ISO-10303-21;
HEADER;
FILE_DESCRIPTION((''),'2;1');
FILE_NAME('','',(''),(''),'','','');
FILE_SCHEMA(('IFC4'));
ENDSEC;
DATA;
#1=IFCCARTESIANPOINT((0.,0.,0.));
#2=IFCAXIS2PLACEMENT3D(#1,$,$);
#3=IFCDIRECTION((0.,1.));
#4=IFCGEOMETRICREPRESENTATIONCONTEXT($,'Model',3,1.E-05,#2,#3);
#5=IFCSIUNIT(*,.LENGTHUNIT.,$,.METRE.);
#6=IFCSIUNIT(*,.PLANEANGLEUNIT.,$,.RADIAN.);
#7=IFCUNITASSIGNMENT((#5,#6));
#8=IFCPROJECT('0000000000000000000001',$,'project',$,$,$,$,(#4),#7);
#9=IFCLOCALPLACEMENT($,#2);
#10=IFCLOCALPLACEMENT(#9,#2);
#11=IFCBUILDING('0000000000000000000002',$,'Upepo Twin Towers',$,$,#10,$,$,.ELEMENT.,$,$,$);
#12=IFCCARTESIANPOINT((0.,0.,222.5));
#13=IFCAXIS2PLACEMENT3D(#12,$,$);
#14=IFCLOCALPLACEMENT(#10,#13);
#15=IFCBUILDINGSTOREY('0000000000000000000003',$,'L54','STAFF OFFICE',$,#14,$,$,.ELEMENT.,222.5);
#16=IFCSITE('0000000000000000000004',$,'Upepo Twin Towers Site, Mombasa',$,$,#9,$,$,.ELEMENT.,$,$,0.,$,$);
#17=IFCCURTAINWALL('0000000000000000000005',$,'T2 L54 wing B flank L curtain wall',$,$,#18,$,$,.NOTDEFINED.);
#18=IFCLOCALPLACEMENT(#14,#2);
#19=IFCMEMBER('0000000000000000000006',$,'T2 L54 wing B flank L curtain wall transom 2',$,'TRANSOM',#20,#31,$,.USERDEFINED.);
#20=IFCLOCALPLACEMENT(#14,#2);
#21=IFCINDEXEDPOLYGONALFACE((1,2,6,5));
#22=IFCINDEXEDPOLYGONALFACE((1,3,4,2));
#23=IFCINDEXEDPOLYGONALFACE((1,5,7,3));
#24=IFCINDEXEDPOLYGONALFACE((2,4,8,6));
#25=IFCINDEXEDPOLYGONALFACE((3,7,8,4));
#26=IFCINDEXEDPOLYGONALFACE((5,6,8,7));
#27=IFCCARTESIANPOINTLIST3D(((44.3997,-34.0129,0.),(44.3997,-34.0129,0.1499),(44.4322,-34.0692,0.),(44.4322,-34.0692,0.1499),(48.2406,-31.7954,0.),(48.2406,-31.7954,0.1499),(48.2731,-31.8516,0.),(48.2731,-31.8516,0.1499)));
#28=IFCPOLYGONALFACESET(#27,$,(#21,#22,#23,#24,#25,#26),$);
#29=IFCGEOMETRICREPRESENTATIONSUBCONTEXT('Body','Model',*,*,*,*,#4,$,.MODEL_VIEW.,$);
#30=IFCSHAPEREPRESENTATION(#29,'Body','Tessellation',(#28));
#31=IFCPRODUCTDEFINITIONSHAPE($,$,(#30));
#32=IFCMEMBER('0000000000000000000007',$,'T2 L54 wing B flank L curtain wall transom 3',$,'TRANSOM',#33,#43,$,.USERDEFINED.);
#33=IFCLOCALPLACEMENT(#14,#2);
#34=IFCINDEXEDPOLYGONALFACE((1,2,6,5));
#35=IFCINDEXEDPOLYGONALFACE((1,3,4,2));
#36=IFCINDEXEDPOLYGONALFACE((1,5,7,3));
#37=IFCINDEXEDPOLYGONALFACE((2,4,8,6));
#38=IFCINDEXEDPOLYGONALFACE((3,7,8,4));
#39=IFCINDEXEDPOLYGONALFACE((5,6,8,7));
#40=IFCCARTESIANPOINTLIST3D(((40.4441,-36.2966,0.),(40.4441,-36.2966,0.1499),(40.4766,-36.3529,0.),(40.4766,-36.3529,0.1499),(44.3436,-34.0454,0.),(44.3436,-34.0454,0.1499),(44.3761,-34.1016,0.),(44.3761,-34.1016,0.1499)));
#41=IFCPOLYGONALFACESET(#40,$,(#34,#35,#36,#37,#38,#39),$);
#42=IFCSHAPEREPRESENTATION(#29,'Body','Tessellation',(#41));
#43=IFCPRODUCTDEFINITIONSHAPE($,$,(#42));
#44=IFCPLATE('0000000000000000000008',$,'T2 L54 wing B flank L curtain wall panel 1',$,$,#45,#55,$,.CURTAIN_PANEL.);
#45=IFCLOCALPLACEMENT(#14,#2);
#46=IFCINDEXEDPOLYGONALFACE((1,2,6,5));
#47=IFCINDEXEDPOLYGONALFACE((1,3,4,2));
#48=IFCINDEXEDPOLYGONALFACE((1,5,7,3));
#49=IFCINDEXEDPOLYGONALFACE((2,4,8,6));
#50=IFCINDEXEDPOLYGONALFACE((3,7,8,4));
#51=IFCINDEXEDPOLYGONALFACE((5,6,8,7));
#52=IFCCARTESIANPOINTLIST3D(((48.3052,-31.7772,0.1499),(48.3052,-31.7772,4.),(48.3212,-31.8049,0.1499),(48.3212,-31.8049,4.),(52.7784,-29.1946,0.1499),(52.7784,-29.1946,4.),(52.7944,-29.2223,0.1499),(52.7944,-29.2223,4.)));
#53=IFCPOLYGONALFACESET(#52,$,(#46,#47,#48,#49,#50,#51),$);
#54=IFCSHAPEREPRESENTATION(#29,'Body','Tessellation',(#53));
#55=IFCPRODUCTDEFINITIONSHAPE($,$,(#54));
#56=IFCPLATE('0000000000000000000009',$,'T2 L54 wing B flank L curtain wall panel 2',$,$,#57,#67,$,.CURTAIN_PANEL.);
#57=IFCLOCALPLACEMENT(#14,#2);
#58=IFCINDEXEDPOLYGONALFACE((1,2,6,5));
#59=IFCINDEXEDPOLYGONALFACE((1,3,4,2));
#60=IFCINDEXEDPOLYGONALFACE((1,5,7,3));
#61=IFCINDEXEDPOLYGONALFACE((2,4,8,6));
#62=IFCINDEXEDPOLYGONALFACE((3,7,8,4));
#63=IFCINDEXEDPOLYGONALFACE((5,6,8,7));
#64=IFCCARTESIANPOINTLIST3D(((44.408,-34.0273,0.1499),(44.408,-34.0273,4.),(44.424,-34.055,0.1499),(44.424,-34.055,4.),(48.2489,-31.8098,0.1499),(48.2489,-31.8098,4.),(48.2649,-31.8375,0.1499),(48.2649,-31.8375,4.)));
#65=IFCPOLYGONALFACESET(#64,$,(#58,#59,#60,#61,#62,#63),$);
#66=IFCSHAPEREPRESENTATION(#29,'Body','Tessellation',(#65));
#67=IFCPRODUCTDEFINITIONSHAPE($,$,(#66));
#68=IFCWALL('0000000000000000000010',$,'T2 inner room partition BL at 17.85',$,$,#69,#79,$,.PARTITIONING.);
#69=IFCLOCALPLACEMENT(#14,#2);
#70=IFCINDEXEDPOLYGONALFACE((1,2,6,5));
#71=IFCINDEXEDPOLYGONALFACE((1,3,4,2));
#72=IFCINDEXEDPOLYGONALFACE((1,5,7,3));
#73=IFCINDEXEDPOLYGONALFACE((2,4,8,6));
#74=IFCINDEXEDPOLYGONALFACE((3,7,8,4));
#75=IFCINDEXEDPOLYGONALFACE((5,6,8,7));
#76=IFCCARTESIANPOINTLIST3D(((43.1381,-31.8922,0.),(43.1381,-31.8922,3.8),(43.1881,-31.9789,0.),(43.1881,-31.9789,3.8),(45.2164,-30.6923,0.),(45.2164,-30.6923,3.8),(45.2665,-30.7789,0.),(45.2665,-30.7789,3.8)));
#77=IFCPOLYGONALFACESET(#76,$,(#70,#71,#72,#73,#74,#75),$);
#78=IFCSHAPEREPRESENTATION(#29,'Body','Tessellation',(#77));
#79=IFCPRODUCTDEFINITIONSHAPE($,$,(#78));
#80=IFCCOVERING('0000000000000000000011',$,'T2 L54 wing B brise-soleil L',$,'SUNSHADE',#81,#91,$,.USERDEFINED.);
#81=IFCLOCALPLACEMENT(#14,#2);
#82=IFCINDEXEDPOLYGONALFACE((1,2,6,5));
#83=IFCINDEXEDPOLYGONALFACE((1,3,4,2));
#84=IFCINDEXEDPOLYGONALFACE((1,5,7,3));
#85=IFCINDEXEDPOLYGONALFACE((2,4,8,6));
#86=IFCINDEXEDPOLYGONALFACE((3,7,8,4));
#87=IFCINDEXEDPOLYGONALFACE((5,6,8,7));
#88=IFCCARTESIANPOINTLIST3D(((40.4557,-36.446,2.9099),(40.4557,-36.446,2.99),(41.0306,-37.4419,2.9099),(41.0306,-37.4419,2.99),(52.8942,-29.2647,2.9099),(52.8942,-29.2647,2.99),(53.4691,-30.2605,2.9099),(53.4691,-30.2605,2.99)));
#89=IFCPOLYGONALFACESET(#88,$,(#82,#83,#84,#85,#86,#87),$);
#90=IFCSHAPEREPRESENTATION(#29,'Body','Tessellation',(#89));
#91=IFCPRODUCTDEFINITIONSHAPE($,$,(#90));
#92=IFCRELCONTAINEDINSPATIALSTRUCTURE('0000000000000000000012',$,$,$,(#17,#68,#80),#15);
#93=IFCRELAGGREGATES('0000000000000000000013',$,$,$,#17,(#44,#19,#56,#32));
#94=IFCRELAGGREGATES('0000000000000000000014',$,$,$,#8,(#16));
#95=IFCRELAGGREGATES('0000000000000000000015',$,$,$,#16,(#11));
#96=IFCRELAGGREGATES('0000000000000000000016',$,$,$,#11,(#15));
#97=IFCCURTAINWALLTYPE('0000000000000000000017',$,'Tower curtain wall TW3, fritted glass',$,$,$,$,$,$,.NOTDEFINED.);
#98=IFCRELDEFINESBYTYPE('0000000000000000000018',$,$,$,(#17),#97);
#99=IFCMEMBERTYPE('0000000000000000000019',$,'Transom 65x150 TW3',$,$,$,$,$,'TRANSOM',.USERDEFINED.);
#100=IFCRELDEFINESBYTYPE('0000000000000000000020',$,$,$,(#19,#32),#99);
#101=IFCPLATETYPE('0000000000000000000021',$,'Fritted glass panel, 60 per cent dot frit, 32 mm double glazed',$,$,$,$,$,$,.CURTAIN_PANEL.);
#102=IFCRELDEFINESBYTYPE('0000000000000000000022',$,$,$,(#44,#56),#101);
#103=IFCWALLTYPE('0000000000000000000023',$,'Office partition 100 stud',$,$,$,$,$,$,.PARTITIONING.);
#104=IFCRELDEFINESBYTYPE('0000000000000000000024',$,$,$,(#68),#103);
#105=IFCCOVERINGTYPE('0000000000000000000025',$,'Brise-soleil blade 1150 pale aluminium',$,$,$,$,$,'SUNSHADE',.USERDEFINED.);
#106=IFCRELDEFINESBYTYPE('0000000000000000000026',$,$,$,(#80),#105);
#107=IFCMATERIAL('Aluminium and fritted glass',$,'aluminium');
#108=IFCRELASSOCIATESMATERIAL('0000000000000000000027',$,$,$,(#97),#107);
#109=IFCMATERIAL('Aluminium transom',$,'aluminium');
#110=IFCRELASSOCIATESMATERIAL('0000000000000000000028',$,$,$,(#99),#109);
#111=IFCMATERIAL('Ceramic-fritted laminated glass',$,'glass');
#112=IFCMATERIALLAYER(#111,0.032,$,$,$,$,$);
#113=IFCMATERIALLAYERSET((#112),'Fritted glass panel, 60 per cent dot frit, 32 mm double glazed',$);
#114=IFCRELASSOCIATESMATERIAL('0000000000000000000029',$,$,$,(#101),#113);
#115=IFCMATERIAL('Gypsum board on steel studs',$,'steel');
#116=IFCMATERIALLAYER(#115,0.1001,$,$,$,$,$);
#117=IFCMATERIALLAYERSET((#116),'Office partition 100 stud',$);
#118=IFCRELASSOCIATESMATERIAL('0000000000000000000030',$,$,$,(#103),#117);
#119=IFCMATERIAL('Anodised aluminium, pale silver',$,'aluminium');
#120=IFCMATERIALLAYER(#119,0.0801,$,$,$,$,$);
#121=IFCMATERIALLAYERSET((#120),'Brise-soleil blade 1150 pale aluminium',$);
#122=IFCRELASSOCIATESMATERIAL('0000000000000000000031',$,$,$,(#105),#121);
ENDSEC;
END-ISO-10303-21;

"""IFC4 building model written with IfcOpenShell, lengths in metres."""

from ifc_helpers import new_model, si_unit, direction, frame, frame_2d, origin, origin_2d, place, context, subcontext, project, spatial, rectangle, extrude, material, layer, layer_set, material_profile, profile_set, type_object, element, aggregate, save


model = new_model("IFC4")

# Units and contexts
model_context = context("Model", 3, precision=1e-05, world=origin(), true_north=direction((0.0, 1.0)))
body_context = subcontext(model_context, "Body", "Model", "MODEL_VIEW")
ifc_project = project(units=[si_unit("LENGTHUNIT", "METRE"), si_unit("PLANEANGLEUNIT", "RADIAN")], contexts=[model_context])

# Site, building, storey
site_placement = place(None, origin())
site = spatial("IfcSite", under=ifc_project, at=site_placement, Name="Upepo Twin Towers Site, Mombasa", CompositionType="ELEMENT", RefElevation=0.0)
building_placement = place(site_placement, origin())
building = spatial("IfcBuilding", under=site, at=building_placement, Name="Upepo Twin Towers", CompositionType="ELEMENT")
storey_placement = place(building_placement, frame((0.0, 0.0, 222.5)))
storey = spatial("IfcBuildingStorey", under=building, at=storey_placement, Name="L54", Description="STAFF OFFICE", CompositionType="ELEMENT", Elevation=222.5)

# Curtain wall, members, plates
ifc_material_1 = material(Name="Aluminium and fritted glass", Category="aluminium")
curtain_wall_type = type_object("IfcCurtainWallType", Name="Tower curtain wall TW3, fritted glass", PredefinedType="NOTDEFINED", material=ifc_material_1)
curtain_wall_placement = place(storey_placement, origin())
curtain_wall = element("IfcCurtainWall", 1, at=curtain_wall_placement, inside=storey, type_object=curtain_wall_type, Name="T2 L54 wing B flank L curtain wall", PredefinedType="NOTDEFINED")
ifc_material_2 = material(Name="Aluminium transom", Category="aluminium")
ifc_material_profile_1 = material_profile(ifc_material_2, rectangle(XDim=0.0649, YDim=0.1499, at=origin_2d()), Name="TRANSOM 65x150")
ifc_profile_set_1 = profile_set([ifc_material_profile_1], Name="Aluminium transom")
member_type_1 = type_object("IfcMemberType", Name="Transom 65x150 TW3", ElementType="TRANSOM", PredefinedType="USERDEFINED", material=ifc_profile_set_1)
member_1_placement = place(storey_placement, frame((48.2568, -31.8235, 0.075), z_axis=(-0.866022, -0.500005, 0.0), x_axis=(0.500005, -0.866022, 0.0)))
member_1 = element("IfcMember", 2, at=member_1_placement, type_object=member_type_1, Name="T2 L54 wing B flank L curtain wall transom 2", ObjectType="TRANSOM", PredefinedType="USERDEFINED", context=body_context, shape_type="SweptSolid", body=[
    extrude(rectangle(XDim=0.0649, YDim=0.1499, at=origin_2d()), origin(), (0.0, 0.0, 1.0), 4.4351),
])
member_2_placement = place(storey_placement, frame((44.3599, -34.0735, 0.075), z_axis=(-0.866036, -0.499982, 0.0), x_axis=(0.499982, -0.866036, 0.0)))
member_2 = element("IfcMember", 3, at=member_2_placement, type_object=member_type_1, Name="T2 L54 wing B flank L curtain wall transom 3", ObjectType="TRANSOM", PredefinedType="USERDEFINED", context=body_context, shape_type="SweptSolid", body=[
    extrude(rectangle(XDim=0.0649, YDim=0.1499, at=origin_2d()), origin(), (0.0, 0.0, 1.0), 4.5027),
])
ifc_material_3 = material(Name="Ceramic-fritted laminated glass", Category="glass")
ifc_layer_1 = layer(ifc_material_3, 0.032)
ifc_layer_set_1 = layer_set([ifc_layer_1], Name="Fritted glass panel, 60 per cent dot frit, 32 mm double glazed")
plate_type = type_object("IfcPlateType", Name="Fritted glass panel, 60 per cent dot frit, 32 mm double glazed", PredefinedType="CURTAIN_PANEL", material=ifc_layer_set_1)
plate_1_placement = place(storey_placement, frame((50.5498, -30.4998, 0.1499), z_axis=(0.0, 0.0, 1.0), x_axis=(-0.866025, -0.5, 0.0)))
plate_1 = element("IfcPlate", 4, at=plate_1_placement, type_object=plate_type, Name="T2 L54 wing B flank L curtain wall panel 1", PredefinedType="CURTAIN_PANEL", context=body_context, shape_type="SweptSolid", body=[
    extrude(rectangle(XDim=5.1653, YDim=0.032, at=origin_2d()), origin(), (0.0, 0.0, 1.0), 3.8501),
])
plate_2_placement = place(storey_placement, frame((46.3364, -32.9324, 0.1499), z_axis=(0.0, 0.0, 1.0), x_axis=(-0.866025, -0.5, 0.0)))
plate_2 = element("IfcPlate", 5, at=plate_2_placement, type_object=plate_type, Name="T2 L54 wing B flank L curtain wall panel 2", PredefinedType="CURTAIN_PANEL", context=body_context, shape_type="SweptSolid", body=[
    extrude(rectangle(XDim=4.4351, YDim=0.032, at=origin_2d()), origin(), (0.0, 0.0, 1.0), 3.8501),
])
aggregate(curtain_wall, [plate_1, member_1, plate_2, member_2])

# Wall
ifc_material_4 = material(Name="Gypsum board on steel studs", Category="steel")
ifc_layer_2 = layer(ifc_material_4, 0.1001)
ifc_layer_set_2 = layer_set([ifc_layer_2], Name="Office partition 100 stud")
wall_type = type_object("IfcWallType", Name="Office partition 100 stud", PredefinedType="PARTITIONING", material=ifc_layer_set_2)
wall_placement = place(storey_placement, frame((45.2415, -30.7356, 0.0), z_axis=(0.0, 0.0, 1.0), x_axis=(-0.866025, -0.500001, 0.0)))
element("IfcWall", 6, at=wall_placement, inside=storey, type_object=wall_type, Name="T2 inner room partition BL at 17.85", PredefinedType="PARTITIONING", context=body_context, shape_type="SweptSolid", body=[
    extrude(rectangle(XDim=2.3999, YDim=0.1001, at=frame_2d((1.2, 0.0))), origin(), (0.0, 0.0, 1.0), 3.8),
])

# Covering
ifc_material_5 = material(Name="Anodised aluminium, pale silver", Category="aluminium")
ifc_layer_3 = layer(ifc_material_5, 0.0801)
ifc_layer_set_3 = layer_set([ifc_layer_3], Name="Brise-soleil blade 1150 pale aluminium")
covering_type = type_object("IfcCoveringType", Name="Brise-soleil blade 1150 pale aluminium", ElementType="SUNSHADE", PredefinedType="USERDEFINED", material=ifc_layer_set_3)
covering_placement = place(storey_placement, frame((46.9624, -33.3533, 2.9099), z_axis=(0.0, 0.0, 1.0), x_axis=(-0.866025, -0.5, 0.0)))
element("IfcCovering", 7, at=covering_placement, inside=storey, type_object=covering_type, Name="T2 L54 wing B brise-soleil L", ObjectType="SUNSHADE", PredefinedType="USERDEFINED", context=body_context, shape_type="SweptSolid", body=[
    extrude(rectangle(XDim=14.3628, YDim=1.1499, at=origin_2d()), origin(), (0.0, 0.0, 1.0), 0.0801),
])

save(model, "model.ifc")
